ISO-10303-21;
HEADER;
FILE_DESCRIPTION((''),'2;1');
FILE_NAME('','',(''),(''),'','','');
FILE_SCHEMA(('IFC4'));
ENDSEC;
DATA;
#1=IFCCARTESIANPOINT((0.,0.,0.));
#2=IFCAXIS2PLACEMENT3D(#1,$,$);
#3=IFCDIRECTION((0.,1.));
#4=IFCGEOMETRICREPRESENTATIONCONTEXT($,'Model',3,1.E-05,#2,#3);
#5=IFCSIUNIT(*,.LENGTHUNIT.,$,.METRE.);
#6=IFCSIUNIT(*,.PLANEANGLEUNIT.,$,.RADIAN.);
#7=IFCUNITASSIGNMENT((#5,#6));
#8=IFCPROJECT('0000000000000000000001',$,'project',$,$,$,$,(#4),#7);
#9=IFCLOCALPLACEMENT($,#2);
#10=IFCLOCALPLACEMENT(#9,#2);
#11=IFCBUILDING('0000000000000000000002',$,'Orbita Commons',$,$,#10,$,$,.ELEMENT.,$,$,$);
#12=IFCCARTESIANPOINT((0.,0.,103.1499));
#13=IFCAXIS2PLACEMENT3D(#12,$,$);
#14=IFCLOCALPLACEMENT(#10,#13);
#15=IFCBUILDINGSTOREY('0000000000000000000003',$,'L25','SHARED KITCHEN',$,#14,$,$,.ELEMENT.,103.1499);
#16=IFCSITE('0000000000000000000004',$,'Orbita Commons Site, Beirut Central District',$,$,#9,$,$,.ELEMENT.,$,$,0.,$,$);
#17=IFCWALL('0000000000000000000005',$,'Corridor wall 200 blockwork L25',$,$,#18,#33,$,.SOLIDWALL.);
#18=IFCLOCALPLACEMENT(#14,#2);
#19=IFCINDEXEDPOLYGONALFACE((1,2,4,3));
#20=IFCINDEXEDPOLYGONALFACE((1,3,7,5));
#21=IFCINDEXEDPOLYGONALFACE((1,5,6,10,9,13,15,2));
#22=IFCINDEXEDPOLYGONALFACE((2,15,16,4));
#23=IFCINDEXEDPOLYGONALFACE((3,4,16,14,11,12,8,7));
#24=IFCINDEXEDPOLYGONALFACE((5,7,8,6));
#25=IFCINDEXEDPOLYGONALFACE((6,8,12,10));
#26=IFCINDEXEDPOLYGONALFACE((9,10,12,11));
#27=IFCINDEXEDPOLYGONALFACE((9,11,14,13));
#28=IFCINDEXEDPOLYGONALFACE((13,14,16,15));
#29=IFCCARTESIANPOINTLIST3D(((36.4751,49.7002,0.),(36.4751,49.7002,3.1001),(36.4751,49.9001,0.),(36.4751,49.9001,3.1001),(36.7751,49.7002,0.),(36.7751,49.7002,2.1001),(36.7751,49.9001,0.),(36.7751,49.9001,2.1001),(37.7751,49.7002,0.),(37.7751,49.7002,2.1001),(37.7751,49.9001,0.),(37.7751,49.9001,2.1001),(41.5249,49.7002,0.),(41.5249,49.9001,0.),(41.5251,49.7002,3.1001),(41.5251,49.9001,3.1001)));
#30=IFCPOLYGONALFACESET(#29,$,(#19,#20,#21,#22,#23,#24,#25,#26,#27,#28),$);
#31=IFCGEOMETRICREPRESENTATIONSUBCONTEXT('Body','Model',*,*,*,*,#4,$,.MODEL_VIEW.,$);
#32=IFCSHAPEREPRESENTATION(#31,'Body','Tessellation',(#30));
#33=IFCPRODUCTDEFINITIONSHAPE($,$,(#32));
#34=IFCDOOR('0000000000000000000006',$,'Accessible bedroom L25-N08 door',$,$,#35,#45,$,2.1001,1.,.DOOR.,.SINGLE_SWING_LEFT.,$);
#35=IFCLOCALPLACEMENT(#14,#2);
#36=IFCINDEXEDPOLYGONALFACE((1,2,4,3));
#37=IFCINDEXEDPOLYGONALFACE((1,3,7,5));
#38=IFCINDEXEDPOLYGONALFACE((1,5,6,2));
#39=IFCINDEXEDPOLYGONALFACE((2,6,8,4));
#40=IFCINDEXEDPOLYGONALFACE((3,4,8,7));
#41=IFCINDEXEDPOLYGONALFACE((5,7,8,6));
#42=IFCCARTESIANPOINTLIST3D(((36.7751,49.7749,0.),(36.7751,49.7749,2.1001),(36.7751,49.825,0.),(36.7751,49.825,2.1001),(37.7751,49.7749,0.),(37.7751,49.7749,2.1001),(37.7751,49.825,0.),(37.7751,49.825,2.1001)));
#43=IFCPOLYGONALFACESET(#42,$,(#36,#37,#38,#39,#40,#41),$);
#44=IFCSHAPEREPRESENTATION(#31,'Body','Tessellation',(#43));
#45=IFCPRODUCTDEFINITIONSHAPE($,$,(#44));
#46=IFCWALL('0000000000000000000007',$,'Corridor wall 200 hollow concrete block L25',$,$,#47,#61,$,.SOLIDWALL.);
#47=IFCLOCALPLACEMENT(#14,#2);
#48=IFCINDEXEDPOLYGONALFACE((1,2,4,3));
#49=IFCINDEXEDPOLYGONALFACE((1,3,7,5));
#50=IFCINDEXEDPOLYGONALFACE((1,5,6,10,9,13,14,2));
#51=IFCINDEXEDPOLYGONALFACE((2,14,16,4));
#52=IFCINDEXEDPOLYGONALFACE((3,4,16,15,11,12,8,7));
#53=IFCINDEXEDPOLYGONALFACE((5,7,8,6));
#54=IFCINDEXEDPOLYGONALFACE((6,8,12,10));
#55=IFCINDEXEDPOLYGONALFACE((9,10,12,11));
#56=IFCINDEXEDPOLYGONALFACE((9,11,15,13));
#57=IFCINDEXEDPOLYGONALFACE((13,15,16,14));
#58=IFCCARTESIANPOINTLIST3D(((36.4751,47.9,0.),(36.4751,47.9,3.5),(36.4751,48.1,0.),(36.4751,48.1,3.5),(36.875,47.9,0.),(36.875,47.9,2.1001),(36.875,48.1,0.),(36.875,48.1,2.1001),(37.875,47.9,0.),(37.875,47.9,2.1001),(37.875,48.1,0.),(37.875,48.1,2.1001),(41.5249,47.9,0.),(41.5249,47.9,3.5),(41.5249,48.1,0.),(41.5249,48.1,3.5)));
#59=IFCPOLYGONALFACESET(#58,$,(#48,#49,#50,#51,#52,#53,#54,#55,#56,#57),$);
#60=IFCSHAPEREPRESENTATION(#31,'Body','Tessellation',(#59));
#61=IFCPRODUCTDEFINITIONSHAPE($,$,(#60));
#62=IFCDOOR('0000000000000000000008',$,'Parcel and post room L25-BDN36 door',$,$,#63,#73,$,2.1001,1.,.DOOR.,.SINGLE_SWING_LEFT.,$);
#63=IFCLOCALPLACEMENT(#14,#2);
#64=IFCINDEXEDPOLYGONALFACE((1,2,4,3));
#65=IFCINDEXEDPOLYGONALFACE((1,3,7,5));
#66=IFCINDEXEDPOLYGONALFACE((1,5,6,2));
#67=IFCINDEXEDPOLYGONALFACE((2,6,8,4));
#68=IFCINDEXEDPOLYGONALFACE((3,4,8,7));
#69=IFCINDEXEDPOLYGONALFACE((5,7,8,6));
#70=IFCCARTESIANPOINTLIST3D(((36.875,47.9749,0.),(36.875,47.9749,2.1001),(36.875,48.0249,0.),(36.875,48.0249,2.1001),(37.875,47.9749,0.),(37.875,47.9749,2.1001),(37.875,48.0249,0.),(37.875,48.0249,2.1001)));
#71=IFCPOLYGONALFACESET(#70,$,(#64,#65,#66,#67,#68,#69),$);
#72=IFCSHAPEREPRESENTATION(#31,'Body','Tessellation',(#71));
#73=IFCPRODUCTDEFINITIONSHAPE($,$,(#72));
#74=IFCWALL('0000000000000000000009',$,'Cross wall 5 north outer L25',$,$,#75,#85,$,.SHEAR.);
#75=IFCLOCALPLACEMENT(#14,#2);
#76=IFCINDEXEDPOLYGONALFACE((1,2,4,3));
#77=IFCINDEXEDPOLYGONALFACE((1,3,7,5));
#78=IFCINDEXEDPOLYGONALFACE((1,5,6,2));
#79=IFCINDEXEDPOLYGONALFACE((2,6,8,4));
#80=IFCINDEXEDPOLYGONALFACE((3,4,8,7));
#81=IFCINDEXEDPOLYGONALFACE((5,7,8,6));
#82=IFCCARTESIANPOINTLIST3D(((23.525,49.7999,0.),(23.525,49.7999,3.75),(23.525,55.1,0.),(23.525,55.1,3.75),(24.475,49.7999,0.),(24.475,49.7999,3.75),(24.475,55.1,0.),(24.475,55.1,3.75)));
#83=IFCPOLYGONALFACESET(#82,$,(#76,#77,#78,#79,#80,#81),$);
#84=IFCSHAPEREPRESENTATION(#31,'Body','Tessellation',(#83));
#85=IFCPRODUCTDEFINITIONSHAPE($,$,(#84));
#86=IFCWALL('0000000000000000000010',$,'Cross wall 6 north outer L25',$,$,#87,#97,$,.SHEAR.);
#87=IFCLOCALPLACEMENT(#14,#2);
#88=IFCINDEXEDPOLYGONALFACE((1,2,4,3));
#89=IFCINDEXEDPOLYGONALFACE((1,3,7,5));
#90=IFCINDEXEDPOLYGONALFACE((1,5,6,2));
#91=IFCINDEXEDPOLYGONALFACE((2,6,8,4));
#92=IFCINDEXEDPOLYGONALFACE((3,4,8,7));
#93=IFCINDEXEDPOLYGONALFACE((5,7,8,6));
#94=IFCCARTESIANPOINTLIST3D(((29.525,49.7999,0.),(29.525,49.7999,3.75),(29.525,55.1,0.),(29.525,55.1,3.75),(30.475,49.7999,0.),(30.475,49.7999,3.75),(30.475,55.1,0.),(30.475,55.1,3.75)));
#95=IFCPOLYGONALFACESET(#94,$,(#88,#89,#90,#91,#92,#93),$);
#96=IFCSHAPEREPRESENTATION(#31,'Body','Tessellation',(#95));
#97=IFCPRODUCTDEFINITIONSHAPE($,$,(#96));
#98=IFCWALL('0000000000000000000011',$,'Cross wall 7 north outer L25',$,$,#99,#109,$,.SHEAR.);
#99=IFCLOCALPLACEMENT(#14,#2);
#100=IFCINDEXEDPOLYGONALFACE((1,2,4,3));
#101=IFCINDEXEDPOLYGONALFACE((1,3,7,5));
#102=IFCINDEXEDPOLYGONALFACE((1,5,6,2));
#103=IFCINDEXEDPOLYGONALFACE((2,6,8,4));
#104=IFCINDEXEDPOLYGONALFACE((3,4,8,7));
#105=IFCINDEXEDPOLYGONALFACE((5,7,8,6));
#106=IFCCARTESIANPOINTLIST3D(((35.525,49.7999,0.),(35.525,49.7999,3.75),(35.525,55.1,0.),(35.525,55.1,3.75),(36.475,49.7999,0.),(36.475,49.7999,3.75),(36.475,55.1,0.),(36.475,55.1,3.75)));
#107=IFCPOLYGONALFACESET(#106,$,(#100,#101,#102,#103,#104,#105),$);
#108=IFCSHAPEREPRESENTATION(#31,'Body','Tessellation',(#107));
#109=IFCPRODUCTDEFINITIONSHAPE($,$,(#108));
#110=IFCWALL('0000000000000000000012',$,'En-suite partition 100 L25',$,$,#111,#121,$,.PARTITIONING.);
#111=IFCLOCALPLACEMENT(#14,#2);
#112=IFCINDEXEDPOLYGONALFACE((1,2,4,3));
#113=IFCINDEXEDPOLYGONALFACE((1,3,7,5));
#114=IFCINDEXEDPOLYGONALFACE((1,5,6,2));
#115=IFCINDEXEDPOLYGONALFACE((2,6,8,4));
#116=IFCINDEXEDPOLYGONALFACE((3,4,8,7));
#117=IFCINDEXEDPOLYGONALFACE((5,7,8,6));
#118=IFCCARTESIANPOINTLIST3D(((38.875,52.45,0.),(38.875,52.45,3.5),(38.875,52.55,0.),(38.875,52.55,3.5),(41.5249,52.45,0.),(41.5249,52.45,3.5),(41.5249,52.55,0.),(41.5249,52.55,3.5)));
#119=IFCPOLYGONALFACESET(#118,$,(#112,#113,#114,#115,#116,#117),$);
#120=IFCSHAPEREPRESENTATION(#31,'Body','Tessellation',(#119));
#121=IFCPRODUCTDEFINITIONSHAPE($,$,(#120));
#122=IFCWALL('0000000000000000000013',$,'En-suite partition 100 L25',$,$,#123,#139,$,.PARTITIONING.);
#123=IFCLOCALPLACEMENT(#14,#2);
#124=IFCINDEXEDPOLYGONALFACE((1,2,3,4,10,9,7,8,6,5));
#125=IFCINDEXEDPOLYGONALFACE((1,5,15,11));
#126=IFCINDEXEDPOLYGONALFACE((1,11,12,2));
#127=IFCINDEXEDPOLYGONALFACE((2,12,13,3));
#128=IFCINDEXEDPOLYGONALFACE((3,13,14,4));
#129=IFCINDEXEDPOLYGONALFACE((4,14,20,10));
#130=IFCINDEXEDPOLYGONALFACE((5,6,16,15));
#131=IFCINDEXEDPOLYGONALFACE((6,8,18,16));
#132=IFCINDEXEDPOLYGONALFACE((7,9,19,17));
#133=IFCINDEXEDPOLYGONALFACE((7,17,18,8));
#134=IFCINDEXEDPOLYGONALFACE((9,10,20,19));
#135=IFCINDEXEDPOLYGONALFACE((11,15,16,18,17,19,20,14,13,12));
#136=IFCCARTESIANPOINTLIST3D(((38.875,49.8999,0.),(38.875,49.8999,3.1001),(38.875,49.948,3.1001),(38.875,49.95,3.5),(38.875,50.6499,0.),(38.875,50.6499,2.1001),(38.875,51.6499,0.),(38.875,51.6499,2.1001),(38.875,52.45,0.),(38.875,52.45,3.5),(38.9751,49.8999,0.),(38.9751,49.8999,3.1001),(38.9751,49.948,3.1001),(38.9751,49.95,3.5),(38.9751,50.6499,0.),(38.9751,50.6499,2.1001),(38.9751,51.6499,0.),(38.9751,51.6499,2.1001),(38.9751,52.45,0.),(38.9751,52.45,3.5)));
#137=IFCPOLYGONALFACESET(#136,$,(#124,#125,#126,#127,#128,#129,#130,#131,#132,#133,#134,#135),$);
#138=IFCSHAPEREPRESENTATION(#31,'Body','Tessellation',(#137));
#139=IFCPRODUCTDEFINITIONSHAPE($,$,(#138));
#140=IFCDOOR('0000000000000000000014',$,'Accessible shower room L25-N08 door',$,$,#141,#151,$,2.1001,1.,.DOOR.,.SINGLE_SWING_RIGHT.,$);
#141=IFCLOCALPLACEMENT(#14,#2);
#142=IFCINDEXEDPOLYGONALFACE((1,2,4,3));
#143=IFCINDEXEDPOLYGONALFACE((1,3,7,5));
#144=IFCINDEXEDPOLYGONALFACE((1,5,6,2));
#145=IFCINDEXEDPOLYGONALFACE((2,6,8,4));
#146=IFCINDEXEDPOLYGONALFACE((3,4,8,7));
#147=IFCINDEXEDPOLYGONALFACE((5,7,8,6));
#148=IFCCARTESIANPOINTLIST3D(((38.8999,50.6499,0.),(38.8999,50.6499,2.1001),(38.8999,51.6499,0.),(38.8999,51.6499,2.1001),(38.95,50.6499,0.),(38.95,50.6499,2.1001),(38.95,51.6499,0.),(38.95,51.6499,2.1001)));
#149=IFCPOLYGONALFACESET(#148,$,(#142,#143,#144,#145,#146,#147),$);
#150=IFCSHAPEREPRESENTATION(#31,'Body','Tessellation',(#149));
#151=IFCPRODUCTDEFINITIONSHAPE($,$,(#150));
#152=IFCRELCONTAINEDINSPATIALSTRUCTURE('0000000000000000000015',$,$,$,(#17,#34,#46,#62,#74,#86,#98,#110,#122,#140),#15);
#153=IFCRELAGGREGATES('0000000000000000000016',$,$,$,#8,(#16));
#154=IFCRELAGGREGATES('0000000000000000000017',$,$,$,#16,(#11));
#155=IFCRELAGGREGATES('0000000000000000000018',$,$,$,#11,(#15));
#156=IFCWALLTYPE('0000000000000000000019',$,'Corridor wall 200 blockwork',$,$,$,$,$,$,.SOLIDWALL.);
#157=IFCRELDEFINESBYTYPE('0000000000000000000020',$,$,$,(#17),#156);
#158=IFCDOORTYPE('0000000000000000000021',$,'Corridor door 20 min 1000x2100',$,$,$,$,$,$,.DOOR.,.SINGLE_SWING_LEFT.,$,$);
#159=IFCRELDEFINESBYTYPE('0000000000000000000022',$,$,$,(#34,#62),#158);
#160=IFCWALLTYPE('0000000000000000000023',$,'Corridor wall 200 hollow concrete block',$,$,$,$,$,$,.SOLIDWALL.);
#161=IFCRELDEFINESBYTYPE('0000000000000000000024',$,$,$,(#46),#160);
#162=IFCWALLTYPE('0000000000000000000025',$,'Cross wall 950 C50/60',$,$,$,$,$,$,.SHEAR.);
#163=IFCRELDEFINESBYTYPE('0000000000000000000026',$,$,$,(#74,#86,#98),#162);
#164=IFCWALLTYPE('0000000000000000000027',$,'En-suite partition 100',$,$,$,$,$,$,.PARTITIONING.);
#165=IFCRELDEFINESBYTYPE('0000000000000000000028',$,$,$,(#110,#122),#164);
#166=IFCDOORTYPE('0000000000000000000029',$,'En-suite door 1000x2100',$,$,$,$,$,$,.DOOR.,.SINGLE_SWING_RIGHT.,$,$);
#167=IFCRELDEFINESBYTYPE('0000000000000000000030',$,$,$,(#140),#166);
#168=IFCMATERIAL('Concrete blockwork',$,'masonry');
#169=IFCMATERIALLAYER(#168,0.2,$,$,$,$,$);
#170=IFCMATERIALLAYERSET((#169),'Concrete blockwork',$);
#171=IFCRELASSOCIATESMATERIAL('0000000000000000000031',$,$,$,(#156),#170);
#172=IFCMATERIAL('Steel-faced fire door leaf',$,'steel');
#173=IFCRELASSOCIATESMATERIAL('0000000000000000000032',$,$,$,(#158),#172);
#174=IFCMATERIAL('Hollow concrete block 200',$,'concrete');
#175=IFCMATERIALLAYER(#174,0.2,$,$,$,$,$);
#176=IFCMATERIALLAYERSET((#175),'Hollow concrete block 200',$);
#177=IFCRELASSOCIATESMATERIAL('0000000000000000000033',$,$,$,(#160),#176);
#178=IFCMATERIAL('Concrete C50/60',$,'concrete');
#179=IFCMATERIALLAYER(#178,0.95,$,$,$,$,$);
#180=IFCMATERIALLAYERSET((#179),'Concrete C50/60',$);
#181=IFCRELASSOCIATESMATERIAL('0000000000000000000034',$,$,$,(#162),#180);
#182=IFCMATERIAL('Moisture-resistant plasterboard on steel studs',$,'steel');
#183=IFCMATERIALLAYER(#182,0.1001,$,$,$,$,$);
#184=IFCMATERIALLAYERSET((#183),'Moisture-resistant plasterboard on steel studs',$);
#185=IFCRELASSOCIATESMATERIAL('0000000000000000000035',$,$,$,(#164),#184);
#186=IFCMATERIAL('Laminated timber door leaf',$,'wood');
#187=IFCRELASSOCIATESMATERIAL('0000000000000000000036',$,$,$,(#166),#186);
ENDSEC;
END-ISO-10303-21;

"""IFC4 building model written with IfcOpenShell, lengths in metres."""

from ifc_helpers import new_model, si_unit, direction, frame, frame_2d, origin, place, context, subcontext, project, spatial, polyline, rectangle, outline, extrude, material, layer, layer_set, type_object, element, fill, save


model = new_model("IFC4")

# Units and contexts
model_context = context("Model", 3, precision=1e-05, world=origin(), true_north=direction((0.0, 1.0)))
body_context = subcontext(model_context, "Body", "Model", "MODEL_VIEW")
ifc_project = project(units=[si_unit("LENGTHUNIT", "METRE"), si_unit("PLANEANGLEUNIT", "RADIAN")], contexts=[model_context])

# Site, building, storey
site_placement = place(None, origin())
site = spatial("IfcSite", under=ifc_project, at=site_placement, Name="Orbita Commons Site, Beirut Central District", CompositionType="ELEMENT", RefElevation=0.0)
building_placement = place(site_placement, origin())
building = spatial("IfcBuilding", under=site, at=building_placement, Name="Orbita Commons", CompositionType="ELEMENT")
storey_placement = place(building_placement, frame((0.0, 0.0, 103.1499)))
storey = spatial("IfcBuildingStorey", under=building, at=storey_placement, Name="L25", Description="SHARED KITCHEN", CompositionType="ELEMENT", Elevation=103.1499)

# Walls, openings, doors
ifc_material_1 = material(Name="Concrete blockwork", Category="masonry")
ifc_layer_1 = layer(ifc_material_1, 0.2)
ifc_layer_set_1 = layer_set([ifc_layer_1], Name="Concrete blockwork")
wall_type_1 = type_object("IfcWallType", Name="Corridor wall 200 blockwork", PredefinedType="SOLIDWALL", material=ifc_layer_set_1)
ifc_material_2 = material(Name="Steel-faced fire door leaf", Category="steel")
door_type_1 = type_object("IfcDoorType", Name="Corridor door 20 min 1000x2100", OperationType="SINGLE_SWING_LEFT", PredefinedType="DOOR", material=ifc_material_2)
wall_1_placement = place(storey_placement, frame((36.4751, 49.8, 0.0), z_axis=(0.0, 0.0, 1.0), x_axis=(1.0, 0.0, 0.0)))
wall_1 = element("IfcWall", 1, at=wall_1_placement, inside=storey, type_object=wall_type_1, Name="Corridor wall 200 blockwork L25", PredefinedType="SOLIDWALL", context=body_context, shape_type="SweptSolid", body=[
    extrude(outline(polyline([(0.0, 0.0), (5.0498, 0.0), (5.05, 3.1001), (0.0, 3.1001), (0.0, 0.0)])), frame((0.0, 0.1001, 0.0), z_axis=(0.0, -1.0, 0.0), x_axis=(1.0, 0.0, 0.0)), (0.0, 0.0, 1.0), 0.2),
])
opening_1_placement = place(wall_1_placement, frame((0.3, 0.0, 0.0)))
opening_1 = element("IfcOpeningElement", 2, at=opening_1_placement, cuts=wall_1, PredefinedType="OPENING", context=body_context, shape_type="SweptSolid", body=[
    extrude(rectangle(XDim=1.0, YDim=2.1001, at=frame_2d((0.5, 1.05))), frame((0.0, 0.1099, 0.0), z_axis=(0.0, -1.0, 0.0), x_axis=(1.0, 0.0, 0.0)), (0.0, 0.0, 1.0), 0.22),
])
door_1_placement = place(opening_1_placement, origin())
door_1 = element("IfcDoor", 3, at=door_1_placement, inside=storey, type_object=door_type_1, Name="Accessible bedroom L25-N08 door", OperationType="SINGLE_SWING_LEFT", OverallHeight=2.1001, OverallWidth=1.0, PredefinedType="DOOR", context=body_context, shape_type="SweptSolid", body=[
    extrude(rectangle(XDim=1.0, YDim=2.1001, at=frame_2d((0.5, 1.05))), frame((0.0, 0.0249, 0.0), z_axis=(0.0, -1.0, 0.0), x_axis=(1.0, 0.0, 0.0)), (0.0, 0.0, 1.0), 0.05),
])
fill(opening_1, door_1)
ifc_material_3 = material(Name="Hollow concrete block 200", Category="concrete")
ifc_layer_2 = layer(ifc_material_3, 0.2)
ifc_layer_set_2 = layer_set([ifc_layer_2], Name="Hollow concrete block 200")
wall_type_2 = type_object("IfcWallType", Name="Corridor wall 200 hollow concrete block", PredefinedType="SOLIDWALL", material=ifc_layer_set_2)
wall_2_placement = place(storey_placement, frame((36.4751, 48.0, 0.0), z_axis=(0.0, 0.0, 1.0), x_axis=(1.0, 0.0, 0.0)))
wall_2 = element("IfcWall", 4, at=wall_2_placement, inside=storey, type_object=wall_type_2, Name="Corridor wall 200 hollow concrete block L25", PredefinedType="SOLIDWALL", context=body_context, shape_type="SweptSolid", body=[
    extrude(rectangle(XDim=5.0498, YDim=0.2, at=frame_2d((2.5249, 0.0))), origin(), (0.0, 0.0, 1.0), 3.5),
])
opening_2_placement = place(wall_2_placement, frame((0.3999, 0.0, 0.0)))
opening_2 = element("IfcOpeningElement", 5, at=opening_2_placement, cuts=wall_2, PredefinedType="OPENING", context=body_context, shape_type="SweptSolid", body=[
    extrude(rectangle(XDim=1.0, YDim=2.1001, at=frame_2d((0.5, 1.05))), frame((0.0, 0.1099, 0.0), z_axis=(0.0, -1.0, 0.0), x_axis=(1.0, 0.0, 0.0)), (0.0, 0.0, 1.0), 0.22),
])
door_2_placement = place(opening_2_placement, origin())
door_2 = element("IfcDoor", 6, at=door_2_placement, inside=storey, type_object=door_type_1, Name="Parcel and post room L25-BDN36 door", OperationType="SINGLE_SWING_LEFT", OverallHeight=2.1001, OverallWidth=1.0, PredefinedType="DOOR", context=body_context, shape_type="SweptSolid", body=[
    extrude(rectangle(XDim=1.0, YDim=2.1001, at=frame_2d((0.5, 1.05))), frame((0.0, 0.0249, 0.0), z_axis=(0.0, -1.0, 0.0), x_axis=(1.0, 0.0, 0.0)), (0.0, 0.0, 1.0), 0.05),
])
fill(opening_2, door_2)

# Walls
ifc_material_4 = material(Name="Concrete C50/60", Category="concrete")
ifc_layer_3 = layer(ifc_material_4, 0.95)
ifc_layer_set_3 = layer_set([ifc_layer_3], Name="Concrete C50/60")
wall_type_3 = type_object("IfcWallType", Name="Cross wall 950 C50/60", PredefinedType="SHEAR", material=ifc_layer_set_3)
for number, where, z_axis, x_axis, name in (
    (7, (24.0, 49.8, 0.0), (0.0, 0.0, 1.0), (0.0, 1.0, 0.0), "Cross wall 5 north outer L25"),
    (8, (30.0, 49.8, 0.0), (0.0, 0.0, 1.0), (0.0, 1.0, 0.0), "Cross wall 6 north outer L25"),
    (9, (36.0, 49.8, 0.0), (0.0, 0.0, 1.0), (0.0, 1.0, 0.0), "Cross wall 7 north outer L25"),
):
    element("IfcWall", number, at=place(storey_placement, frame(where, z_axis=z_axis, x_axis=x_axis)), inside=storey, type_object=wall_type_3, Name=name, PredefinedType="SHEAR", context=body_context, shape_type="SweptSolid", body=[
        extrude(rectangle(XDim=5.3, YDim=0.95, at=frame_2d((2.6499, 0.0))), origin(), (0.0, 0.0, 1.0), 3.75),
    ])
ifc_material_5 = material(Name="Moisture-resistant plasterboard on steel studs", Category="steel")
ifc_layer_4 = layer(ifc_material_5, 0.1001)
ifc_layer_set_4 = layer_set([ifc_layer_4], Name="Moisture-resistant plasterboard on steel studs")
wall_type_4 = type_object("IfcWallType", Name="En-suite partition 100", PredefinedType="PARTITIONING", material=ifc_layer_set_4)
wall_3_placement = place(storey_placement, frame((38.875, 52.5, 0.0), z_axis=(0.0, 0.0, 1.0), x_axis=(1.0, 0.0, 0.0)))
element("IfcWall", 10, at=wall_3_placement, inside=storey, type_object=wall_type_4, Name="En-suite partition 100 L25", PredefinedType="PARTITIONING", context=body_context, shape_type="SweptSolid", body=[
    extrude(rectangle(XDim=2.6499, YDim=0.1001, at=frame_2d((1.325, 0.0))), origin(), (0.0, 0.0, 1.0), 3.5),
])

# Wall, opening, door
wall_4_placement = place(storey_placement, frame((38.925, 52.45, 0.0), z_axis=(0.0, 0.0, 1.0), x_axis=(0.0, -1.0, 0.0)))
wall_4 = element("IfcWall", 11, at=wall_4_placement, inside=storey, type_object=wall_type_4, Name="En-suite partition 100 L25", PredefinedType="PARTITIONING", context=body_context, shape_type="SweptSolid", body=[
    extrude(outline(polyline([(0.0, 0.0), (2.55, 0.0), (2.55, 3.1001), (2.502, 3.1001), (2.5, 3.5), (0.0, 3.5), (0.0, 0.0)])), frame((0.0, 0.05, 0.0), z_axis=(0.0, -1.0, 0.0), x_axis=(1.0, 0.0, 0.0)), (0.0, 0.0, 1.0), 0.1001),
])
opening_3_placement = place(wall_4_placement, frame((0.8, 0.0, 0.0)))
opening_3 = element("IfcOpeningElement", 12, at=opening_3_placement, cuts=wall_4, PredefinedType="OPENING", context=body_context, shape_type="SweptSolid", body=[
    extrude(rectangle(XDim=1.0, YDim=2.1001, at=frame_2d((0.5, 1.05))), frame((0.0, 0.0601, 0.0), z_axis=(0.0, -1.0, 0.0), x_axis=(1.0, 0.0, 0.0)), (0.0, 0.0, 1.0), 0.1201),
])
ifc_material_6 = material(Name="Laminated timber door leaf", Category="wood")
door_type_2 = type_object("IfcDoorType", Name="En-suite door 1000x2100", OperationType="SINGLE_SWING_RIGHT", PredefinedType="DOOR", material=ifc_material_6)
door_3_placement = place(opening_3_placement, origin())
door_3 = element("IfcDoor", 13, at=door_3_placement, inside=storey, type_object=door_type_2, Name="Accessible shower room L25-N08 door", OperationType="SINGLE_SWING_RIGHT", OverallHeight=2.1001, OverallWidth=1.0, PredefinedType="DOOR", context=body_context, shape_type="SweptSolid", body=[
    extrude(rectangle(XDim=1.0, YDim=2.1001, at=frame_2d((0.5, 1.05))), frame((0.0, 0.0249, 0.0), z_axis=(0.0, -1.0, 0.0), x_axis=(1.0, 0.0, 0.0)), (0.0, 0.0, 1.0), 0.05),
])
fill(opening_3, door_3)

save(model, "model.ifc")
